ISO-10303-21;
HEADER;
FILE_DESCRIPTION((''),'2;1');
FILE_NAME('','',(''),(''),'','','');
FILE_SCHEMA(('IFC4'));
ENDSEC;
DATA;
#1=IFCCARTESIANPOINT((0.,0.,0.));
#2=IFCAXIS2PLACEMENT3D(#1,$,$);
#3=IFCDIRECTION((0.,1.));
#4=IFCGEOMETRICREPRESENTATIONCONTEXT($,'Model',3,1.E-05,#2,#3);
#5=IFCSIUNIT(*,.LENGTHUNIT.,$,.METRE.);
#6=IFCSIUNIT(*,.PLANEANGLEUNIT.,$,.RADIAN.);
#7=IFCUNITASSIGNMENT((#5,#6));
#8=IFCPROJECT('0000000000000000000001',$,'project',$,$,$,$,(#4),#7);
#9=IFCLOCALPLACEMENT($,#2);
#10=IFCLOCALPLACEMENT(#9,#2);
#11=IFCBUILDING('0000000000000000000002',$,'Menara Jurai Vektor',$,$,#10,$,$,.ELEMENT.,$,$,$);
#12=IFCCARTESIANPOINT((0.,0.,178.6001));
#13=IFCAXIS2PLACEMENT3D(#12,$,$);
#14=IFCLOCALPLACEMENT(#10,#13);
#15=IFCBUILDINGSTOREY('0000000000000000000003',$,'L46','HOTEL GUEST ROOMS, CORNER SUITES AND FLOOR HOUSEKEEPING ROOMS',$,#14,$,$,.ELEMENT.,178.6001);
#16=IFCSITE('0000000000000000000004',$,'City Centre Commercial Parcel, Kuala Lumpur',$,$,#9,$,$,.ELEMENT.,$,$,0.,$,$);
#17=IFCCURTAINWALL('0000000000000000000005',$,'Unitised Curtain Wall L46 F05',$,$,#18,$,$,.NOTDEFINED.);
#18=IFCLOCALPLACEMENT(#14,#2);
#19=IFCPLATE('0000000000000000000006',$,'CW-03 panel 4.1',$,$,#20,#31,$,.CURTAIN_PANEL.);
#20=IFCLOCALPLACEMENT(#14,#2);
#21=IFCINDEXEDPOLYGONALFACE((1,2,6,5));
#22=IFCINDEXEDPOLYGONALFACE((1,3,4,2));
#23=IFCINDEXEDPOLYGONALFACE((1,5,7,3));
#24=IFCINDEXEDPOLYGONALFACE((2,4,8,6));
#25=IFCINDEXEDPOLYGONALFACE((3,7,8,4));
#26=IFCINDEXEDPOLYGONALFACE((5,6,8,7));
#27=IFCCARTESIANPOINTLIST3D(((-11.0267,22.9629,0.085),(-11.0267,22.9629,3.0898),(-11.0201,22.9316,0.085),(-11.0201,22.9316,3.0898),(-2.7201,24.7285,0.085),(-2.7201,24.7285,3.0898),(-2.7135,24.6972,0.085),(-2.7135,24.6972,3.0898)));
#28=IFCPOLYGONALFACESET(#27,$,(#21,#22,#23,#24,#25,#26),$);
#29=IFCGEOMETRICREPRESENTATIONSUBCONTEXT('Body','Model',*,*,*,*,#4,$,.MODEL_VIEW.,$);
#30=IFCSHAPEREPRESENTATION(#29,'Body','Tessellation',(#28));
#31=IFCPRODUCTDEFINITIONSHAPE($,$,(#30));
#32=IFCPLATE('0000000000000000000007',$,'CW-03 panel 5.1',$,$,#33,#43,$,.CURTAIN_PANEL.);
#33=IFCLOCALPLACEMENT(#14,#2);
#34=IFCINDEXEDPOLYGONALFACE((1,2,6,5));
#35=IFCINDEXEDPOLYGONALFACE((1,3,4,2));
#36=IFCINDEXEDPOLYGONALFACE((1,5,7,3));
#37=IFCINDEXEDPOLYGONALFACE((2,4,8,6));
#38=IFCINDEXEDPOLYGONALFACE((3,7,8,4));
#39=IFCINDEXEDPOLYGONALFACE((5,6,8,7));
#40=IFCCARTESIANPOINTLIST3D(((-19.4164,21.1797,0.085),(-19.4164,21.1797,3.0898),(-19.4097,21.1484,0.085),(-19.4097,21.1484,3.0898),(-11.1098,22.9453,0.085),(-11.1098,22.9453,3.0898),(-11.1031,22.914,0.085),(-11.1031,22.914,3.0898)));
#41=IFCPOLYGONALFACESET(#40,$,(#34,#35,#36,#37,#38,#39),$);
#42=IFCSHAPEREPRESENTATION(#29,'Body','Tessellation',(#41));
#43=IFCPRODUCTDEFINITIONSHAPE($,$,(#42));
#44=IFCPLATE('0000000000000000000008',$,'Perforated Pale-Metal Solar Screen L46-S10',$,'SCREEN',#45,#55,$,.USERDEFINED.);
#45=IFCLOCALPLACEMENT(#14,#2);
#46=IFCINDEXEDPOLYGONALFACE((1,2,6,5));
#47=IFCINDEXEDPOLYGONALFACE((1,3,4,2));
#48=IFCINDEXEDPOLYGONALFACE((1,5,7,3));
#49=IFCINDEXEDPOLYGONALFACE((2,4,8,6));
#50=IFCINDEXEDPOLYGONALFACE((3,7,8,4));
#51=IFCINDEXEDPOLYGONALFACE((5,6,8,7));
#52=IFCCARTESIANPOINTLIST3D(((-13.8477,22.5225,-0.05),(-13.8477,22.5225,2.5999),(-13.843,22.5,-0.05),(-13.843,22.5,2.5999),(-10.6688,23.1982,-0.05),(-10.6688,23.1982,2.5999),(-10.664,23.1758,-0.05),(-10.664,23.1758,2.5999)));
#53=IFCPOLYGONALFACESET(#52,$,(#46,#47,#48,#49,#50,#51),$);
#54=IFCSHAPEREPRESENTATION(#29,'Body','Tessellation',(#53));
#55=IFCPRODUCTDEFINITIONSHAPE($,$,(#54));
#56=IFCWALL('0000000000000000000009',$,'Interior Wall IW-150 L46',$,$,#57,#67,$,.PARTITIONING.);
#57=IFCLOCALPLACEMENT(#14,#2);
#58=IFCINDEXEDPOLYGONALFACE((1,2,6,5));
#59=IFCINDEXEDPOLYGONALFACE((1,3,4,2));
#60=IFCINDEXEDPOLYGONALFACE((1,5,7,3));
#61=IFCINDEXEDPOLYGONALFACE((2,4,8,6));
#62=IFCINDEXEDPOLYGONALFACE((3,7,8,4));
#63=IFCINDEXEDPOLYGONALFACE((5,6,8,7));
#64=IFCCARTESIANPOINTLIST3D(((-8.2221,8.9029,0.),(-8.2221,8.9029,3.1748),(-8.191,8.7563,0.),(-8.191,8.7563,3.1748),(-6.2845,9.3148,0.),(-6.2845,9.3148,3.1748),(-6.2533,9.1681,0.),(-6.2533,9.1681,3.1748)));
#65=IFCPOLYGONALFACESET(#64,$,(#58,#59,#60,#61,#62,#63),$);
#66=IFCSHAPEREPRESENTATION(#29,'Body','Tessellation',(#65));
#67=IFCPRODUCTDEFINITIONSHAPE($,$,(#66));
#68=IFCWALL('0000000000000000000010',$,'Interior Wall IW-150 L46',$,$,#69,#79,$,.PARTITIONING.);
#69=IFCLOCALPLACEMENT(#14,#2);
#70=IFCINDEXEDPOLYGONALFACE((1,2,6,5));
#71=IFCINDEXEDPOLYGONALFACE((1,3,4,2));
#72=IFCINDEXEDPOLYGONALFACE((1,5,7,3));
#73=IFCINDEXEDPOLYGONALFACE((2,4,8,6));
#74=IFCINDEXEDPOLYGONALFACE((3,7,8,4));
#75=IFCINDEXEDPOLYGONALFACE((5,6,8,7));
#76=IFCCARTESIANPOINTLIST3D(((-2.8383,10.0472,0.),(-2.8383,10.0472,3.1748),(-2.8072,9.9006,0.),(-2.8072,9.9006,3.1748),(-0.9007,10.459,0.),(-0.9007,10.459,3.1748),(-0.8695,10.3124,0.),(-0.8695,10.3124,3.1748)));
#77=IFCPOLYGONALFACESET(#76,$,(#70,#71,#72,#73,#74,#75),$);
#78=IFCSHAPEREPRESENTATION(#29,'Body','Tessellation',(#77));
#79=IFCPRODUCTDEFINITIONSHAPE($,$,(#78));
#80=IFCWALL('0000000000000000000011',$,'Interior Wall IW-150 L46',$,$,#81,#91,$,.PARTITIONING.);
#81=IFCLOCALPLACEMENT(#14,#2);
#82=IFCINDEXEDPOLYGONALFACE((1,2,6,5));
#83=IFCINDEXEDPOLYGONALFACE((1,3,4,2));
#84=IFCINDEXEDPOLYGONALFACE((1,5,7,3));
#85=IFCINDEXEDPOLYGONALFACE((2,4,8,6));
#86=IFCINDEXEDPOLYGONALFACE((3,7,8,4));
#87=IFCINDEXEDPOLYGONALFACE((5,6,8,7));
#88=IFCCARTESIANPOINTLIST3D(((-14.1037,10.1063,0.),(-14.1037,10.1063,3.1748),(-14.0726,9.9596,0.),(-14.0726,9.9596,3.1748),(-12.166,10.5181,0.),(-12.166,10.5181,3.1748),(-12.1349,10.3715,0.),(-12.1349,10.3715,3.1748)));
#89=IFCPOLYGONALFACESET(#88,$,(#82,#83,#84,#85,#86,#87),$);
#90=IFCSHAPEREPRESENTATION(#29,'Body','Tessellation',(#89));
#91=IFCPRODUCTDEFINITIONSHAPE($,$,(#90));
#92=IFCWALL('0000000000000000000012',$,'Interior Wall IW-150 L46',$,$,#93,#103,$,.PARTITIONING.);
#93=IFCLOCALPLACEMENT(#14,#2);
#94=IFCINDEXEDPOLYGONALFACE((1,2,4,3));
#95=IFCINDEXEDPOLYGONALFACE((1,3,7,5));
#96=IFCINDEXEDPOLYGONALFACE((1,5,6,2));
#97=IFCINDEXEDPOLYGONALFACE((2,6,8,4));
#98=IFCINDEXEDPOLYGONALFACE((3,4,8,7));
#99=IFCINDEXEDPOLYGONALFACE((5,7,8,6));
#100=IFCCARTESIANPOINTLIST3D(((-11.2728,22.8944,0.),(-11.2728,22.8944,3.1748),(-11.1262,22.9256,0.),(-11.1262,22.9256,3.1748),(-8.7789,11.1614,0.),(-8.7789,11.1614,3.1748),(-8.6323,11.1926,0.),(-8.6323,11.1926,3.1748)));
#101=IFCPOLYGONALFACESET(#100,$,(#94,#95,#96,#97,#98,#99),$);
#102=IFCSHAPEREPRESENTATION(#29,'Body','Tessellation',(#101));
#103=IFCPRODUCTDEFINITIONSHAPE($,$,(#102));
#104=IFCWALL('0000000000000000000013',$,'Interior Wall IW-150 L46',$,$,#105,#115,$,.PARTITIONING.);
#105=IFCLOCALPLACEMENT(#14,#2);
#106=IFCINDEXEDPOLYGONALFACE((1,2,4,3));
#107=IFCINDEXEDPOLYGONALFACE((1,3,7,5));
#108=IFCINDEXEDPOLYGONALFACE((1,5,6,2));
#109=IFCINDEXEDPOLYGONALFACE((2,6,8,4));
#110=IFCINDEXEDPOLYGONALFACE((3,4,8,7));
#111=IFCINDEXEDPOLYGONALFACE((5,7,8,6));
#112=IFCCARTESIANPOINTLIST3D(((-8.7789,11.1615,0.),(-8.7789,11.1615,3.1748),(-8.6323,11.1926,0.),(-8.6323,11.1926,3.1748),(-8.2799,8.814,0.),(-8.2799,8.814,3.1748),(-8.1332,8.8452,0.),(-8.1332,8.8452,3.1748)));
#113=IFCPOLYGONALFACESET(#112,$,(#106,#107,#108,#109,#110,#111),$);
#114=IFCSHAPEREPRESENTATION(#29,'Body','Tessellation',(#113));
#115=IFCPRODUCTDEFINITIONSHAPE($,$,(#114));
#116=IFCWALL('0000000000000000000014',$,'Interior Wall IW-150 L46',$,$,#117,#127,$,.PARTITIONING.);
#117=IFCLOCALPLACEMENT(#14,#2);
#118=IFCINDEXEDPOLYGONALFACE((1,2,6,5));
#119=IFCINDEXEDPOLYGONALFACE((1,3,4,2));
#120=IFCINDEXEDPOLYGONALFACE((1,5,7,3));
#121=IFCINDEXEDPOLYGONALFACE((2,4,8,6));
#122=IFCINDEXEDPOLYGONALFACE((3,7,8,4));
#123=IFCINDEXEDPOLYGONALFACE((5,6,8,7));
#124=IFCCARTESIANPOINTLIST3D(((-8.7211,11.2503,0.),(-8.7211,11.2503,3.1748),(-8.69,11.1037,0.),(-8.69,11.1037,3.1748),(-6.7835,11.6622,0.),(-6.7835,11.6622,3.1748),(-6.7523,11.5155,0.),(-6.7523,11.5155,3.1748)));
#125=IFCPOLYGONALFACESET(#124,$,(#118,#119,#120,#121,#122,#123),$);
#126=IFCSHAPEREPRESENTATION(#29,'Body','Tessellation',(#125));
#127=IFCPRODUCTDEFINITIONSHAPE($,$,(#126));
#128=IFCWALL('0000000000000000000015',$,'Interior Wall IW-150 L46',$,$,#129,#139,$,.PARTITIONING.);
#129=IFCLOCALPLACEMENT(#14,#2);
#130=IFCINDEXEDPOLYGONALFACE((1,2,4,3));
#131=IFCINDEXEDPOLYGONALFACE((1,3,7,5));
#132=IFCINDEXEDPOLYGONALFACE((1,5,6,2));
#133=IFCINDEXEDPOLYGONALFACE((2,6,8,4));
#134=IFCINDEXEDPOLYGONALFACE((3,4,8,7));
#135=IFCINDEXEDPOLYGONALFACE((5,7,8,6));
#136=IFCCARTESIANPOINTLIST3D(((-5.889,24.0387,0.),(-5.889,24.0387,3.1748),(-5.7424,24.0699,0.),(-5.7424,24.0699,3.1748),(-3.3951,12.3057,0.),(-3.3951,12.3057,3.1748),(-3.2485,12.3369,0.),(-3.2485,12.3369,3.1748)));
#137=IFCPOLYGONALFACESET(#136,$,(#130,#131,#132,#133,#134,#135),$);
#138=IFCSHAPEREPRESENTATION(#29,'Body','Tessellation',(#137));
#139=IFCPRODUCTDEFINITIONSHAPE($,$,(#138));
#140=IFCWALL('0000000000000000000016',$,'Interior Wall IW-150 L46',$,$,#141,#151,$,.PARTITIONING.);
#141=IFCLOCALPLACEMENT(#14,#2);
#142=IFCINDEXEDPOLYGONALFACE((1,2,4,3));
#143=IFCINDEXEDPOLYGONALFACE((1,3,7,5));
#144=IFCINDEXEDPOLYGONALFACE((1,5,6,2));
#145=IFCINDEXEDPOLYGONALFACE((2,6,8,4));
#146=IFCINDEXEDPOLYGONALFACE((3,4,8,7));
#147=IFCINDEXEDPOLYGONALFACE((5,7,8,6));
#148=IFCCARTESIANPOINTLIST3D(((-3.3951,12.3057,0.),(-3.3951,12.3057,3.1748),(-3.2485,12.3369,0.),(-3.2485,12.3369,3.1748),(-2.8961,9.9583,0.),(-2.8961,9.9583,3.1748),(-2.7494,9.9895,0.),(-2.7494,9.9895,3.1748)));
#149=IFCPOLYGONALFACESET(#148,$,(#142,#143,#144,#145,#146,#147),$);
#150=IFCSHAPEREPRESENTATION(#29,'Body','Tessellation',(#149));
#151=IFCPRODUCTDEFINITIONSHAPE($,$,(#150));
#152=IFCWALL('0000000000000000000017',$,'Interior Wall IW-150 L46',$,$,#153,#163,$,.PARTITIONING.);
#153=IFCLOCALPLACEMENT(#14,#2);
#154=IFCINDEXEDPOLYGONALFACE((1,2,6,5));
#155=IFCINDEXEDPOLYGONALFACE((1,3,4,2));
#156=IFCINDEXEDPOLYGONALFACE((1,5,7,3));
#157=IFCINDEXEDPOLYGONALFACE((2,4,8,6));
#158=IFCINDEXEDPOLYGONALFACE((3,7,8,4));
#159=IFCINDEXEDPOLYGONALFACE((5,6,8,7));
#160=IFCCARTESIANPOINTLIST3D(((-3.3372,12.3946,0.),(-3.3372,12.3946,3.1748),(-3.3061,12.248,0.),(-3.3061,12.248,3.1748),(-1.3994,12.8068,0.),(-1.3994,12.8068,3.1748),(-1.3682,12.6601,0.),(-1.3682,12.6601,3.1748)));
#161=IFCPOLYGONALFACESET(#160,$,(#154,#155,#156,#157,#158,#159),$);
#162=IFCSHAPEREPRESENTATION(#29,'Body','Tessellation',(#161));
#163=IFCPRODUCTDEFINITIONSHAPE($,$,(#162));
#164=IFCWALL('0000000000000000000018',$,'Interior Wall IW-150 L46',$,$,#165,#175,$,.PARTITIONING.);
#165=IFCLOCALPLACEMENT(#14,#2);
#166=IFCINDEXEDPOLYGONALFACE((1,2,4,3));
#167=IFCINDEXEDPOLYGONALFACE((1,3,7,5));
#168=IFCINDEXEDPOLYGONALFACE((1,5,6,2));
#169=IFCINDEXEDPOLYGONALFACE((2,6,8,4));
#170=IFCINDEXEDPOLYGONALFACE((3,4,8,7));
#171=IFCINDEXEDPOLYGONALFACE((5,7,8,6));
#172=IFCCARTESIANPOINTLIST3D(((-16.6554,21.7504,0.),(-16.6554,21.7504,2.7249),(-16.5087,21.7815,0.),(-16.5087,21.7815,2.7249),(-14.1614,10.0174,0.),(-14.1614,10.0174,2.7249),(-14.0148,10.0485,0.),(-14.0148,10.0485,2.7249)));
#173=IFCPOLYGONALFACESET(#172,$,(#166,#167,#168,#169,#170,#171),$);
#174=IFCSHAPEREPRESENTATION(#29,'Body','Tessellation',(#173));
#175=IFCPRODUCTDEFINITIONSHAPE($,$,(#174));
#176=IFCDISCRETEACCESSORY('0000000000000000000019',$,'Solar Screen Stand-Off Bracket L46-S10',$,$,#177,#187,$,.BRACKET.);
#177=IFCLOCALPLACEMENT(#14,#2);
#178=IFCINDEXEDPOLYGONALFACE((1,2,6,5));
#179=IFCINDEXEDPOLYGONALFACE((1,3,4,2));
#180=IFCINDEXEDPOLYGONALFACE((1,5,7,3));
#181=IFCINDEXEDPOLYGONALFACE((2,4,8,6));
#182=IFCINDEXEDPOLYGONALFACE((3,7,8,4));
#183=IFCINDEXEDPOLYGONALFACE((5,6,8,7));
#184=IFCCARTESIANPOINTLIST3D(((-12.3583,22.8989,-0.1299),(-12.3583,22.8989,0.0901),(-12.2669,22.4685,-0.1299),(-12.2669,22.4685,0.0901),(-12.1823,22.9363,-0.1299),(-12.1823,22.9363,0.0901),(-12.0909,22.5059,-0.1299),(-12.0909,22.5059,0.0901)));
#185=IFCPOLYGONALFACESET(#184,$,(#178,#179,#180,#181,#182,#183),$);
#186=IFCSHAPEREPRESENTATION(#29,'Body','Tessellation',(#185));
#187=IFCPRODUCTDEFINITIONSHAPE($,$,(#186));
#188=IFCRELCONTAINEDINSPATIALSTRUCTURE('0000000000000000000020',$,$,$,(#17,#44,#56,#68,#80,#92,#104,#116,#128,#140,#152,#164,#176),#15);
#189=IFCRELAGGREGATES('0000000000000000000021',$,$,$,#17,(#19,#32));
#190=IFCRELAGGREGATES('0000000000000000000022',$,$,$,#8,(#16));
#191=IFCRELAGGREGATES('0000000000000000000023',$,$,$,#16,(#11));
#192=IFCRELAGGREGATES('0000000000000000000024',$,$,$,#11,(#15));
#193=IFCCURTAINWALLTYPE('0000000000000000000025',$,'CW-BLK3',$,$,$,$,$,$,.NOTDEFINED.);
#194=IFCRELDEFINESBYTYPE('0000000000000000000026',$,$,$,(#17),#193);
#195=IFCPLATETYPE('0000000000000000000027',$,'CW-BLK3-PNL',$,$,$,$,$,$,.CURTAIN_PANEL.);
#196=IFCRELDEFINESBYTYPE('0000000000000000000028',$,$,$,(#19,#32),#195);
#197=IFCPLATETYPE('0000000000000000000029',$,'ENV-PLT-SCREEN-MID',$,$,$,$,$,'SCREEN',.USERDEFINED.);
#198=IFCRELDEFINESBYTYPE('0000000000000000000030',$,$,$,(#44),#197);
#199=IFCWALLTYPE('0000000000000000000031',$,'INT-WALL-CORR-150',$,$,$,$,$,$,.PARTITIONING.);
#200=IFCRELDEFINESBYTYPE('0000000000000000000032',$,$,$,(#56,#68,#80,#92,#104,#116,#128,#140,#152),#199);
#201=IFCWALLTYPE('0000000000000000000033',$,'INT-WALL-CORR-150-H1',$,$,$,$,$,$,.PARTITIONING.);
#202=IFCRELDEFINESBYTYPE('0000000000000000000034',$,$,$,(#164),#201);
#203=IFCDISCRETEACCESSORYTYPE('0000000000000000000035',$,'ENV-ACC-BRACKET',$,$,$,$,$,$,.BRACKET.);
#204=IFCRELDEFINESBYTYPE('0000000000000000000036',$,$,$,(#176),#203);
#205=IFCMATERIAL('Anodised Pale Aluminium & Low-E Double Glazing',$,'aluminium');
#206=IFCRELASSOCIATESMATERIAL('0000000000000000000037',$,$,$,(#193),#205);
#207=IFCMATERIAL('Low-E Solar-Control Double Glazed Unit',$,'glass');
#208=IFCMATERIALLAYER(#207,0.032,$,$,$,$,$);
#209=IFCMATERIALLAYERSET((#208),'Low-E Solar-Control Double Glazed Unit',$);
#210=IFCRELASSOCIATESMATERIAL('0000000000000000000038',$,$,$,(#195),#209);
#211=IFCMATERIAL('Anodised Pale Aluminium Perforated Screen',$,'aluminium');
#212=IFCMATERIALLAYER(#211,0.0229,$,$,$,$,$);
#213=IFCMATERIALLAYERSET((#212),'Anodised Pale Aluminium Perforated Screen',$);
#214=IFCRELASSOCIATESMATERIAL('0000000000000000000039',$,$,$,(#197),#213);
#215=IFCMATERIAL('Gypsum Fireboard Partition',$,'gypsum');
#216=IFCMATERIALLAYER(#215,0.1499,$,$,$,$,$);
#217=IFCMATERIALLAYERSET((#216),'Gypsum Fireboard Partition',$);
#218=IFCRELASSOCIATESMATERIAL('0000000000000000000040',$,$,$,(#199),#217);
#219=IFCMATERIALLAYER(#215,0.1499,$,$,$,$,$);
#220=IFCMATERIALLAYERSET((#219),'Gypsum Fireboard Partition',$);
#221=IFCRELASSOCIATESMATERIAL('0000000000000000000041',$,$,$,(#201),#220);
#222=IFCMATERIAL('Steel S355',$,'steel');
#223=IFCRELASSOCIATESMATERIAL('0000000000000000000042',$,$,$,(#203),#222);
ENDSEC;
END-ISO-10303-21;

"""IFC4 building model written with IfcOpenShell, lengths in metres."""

from ifc_helpers import new_model, si_unit, direction, frame, frame_2d, origin, origin_2d, place, context, subcontext, project, spatial, rectangle, extrude, material, layer, layer_set, type_object, element, aggregate, save


model = new_model("IFC4")

# Units and contexts
model_context = context("Model", 3, precision=1e-05, world=origin(), true_north=direction((0.0, 1.0)))
body_context = subcontext(model_context, "Body", "Model", "MODEL_VIEW")
ifc_project = project(units=[si_unit("LENGTHUNIT", "METRE"), si_unit("PLANEANGLEUNIT", "RADIAN")], contexts=[model_context])

# Site, building, storey
site_placement = place(None, origin())
site = spatial("IfcSite", under=ifc_project, at=site_placement, Name="City Centre Commercial Parcel, Kuala Lumpur", CompositionType="ELEMENT", RefElevation=0.0)
building_placement = place(site_placement, origin())
building = spatial("IfcBuilding", under=site, at=building_placement, Name="Menara Jurai Vektor", CompositionType="ELEMENT")
storey_placement = place(building_placement, frame((0.0, 0.0, 178.6001)))
storey = spatial("IfcBuildingStorey", under=building, at=storey_placement, Name="L46", Description="HOTEL GUEST ROOMS, CORNER SUITES AND FLOOR HOUSEKEEPING ROOMS", CompositionType="ELEMENT", Elevation=178.6001)

# Curtain wall
ifc_material_1 = material(Name="Anodised Pale Aluminium & Low-E Double Glazing", Category="aluminium")
curtain_wall_type = type_object("IfcCurtainWallType", Name="CW-BLK3", PredefinedType="NOTDEFINED", material=ifc_material_1)
curtain_wall_placement = place(storey_placement, origin())
curtain_wall = element("IfcCurtainWall", 1, at=curtain_wall_placement, inside=storey, type_object=curtain_wall_type, Name="Unitised Curtain Wall L46 F05", PredefinedType="NOTDEFINED")

# Shared definitions
ifc_material_2 = material(Name="Steel S355", Category="steel")

# Plates
ifc_material_3 = material(Name="Low-E Solar-Control Double Glazed Unit", Category="glass")
ifc_layer_1 = layer(ifc_material_3, 0.032)
ifc_layer_set_1 = layer_set([ifc_layer_1], Name="Low-E Solar-Control Double Glazed Unit")
plate_type_1 = type_object("IfcPlateType", Name="CW-BLK3-PNL", PredefinedType="CURTAIN_PANEL", material=ifc_layer_set_1)
plate_1_placement = place(storey_placement, frame((-6.8701, 23.8301, 0.085), z_axis=(0.0, 0.0, 1.0), x_axis=(-0.978148, -0.207911, 0.0)))
plate_1 = element("IfcPlate", 2, at=plate_1_placement, type_object=plate_type_1, Name="CW-03 panel 4.1", PredefinedType="CURTAIN_PANEL", context=body_context, shape_type="SweptSolid", body=[
    extrude(rectangle(XDim=8.4922, YDim=0.032, at=origin_2d()), origin(), (0.0, 0.0, 1.0), 3.0049),
])
plate_2_placement = place(storey_placement, frame((-15.2598, 22.0469, 0.085), z_axis=(0.0, 0.0, 1.0), x_axis=(-0.978148, -0.207911, 0.0)))
plate_2 = element("IfcPlate", 3, at=plate_2_placement, type_object=plate_type_1, Name="CW-03 panel 5.1", PredefinedType="CURTAIN_PANEL", context=body_context, shape_type="SweptSolid", body=[
    extrude(rectangle(XDim=8.4922, YDim=0.032, at=origin_2d()), origin(), (0.0, 0.0, 1.0), 3.0049),
])
aggregate(curtain_wall, [plate_1, plate_2])
ifc_material_4 = material(Name="Anodised Pale Aluminium Perforated Screen", Category="aluminium")
ifc_layer_2 = layer(ifc_material_4, 0.0229)
ifc_layer_set_2 = layer_set([ifc_layer_2], Name="Anodised Pale Aluminium Perforated Screen")
plate_type_2 = type_object("IfcPlateType", Name="ENV-PLT-SCREEN-MID", ElementType="SCREEN", PredefinedType="USERDEFINED", material=ifc_layer_set_2)
plate_3_placement = place(storey_placement, frame((-12.2559, 22.8491, -0.05), z_axis=(0.0, 0.0, 1.0), x_axis=(-0.978148, -0.207912, 0.0)))
element("IfcPlate", 4, at=plate_3_placement, inside=storey, type_object=plate_type_2, Name="Perforated Pale-Metal Solar Screen L46-S10", ObjectType="SCREEN", PredefinedType="USERDEFINED", context=body_context, shape_type="SweptSolid", body=[
    extrude(rectangle(XDim=3.25, YDim=0.0229, at=origin_2d()), origin(), (0.0, 0.0, 1.0), 2.6499),
])

# Shared definitions
ifc_material_5 = material(Name="Gypsum Fireboard Partition", Category="gypsum")
ifc_layer_3 = layer(ifc_material_5, 0.1499)
ifc_layer_set_3 = layer_set([ifc_layer_3], Name="Gypsum Fireboard Partition")
wall_type_1 = type_object("IfcWallType", Name="INT-WALL-CORR-150", PredefinedType="PARTITIONING", material=ifc_layer_set_3)

# Walls
for number, where, z_axis, x_axis, name in (
    (5, (-8.2065, 8.8296, 0.0), (0.0, 0.0, 1.0), (0.978149, 0.207904, 0.0), "Interior Wall IW-150 L46"),
    (6, (-2.8228, 9.9739, 0.0), (0.0, 0.0, 1.0), (0.978149, 0.207904, 0.0), "Interior Wall IW-150 L46"),
    (7, (-14.0881, 10.033, 0.0), (0.0, 0.0, 1.0), (0.978149, 0.207904, 0.0), "Interior Wall IW-150 L46"),
):
    element("IfcWall", number, at=place(storey_placement, frame(where, z_axis=z_axis, x_axis=x_axis)), inside=storey, type_object=wall_type_1, Name=name, PredefinedType="PARTITIONING", context=body_context, shape_type="SweptSolid", body=[
        extrude(rectangle(XDim=1.981, YDim=0.1499, at=frame_2d((0.9905, 0.0))), origin(), (0.0, 0.0, 1.0), 3.1748),
    ])

# Walls
wall_1_placement = place(storey_placement, frame((-8.7056, 11.177, 0.0), z_axis=(0.0, 0.0, 1.0), x_axis=(-0.207911, 0.978148, 0.0)))
element("IfcWall", 8, at=wall_1_placement, inside=storey, type_object=wall_type_1, Name="Interior Wall IW-150 L46", PredefinedType="PARTITIONING", context=body_context, shape_type="SweptSolid", body=[
    extrude(rectangle(XDim=11.9951, YDim=0.1499, at=frame_2d((5.9976, 0.0))), origin(), (0.0, 0.0, 1.0), 3.1748),
])
wall_2_placement = place(storey_placement, frame((-8.2065, 8.8296, 0.0), z_axis=(0.0, 0.0, 1.0), x_axis=(-0.207938, 0.978142, 0.0)))
element("IfcWall", 9, at=wall_2_placement, inside=storey, type_object=wall_type_1, Name="Interior Wall IW-150 L46", PredefinedType="PARTITIONING", context=body_context, shape_type="SweptSolid", body=[
    extrude(rectangle(XDim=2.3999, YDim=0.1499, at=frame_2d((1.2, 0.0))), origin(), (0.0, 0.0, 1.0), 3.1748),
])
wall_3_placement = place(storey_placement, frame((-8.7056, 11.177, 0.0), z_axis=(0.0, 0.0, 1.0), x_axis=(0.978149, 0.207904, 0.0)))
element("IfcWall", 10, at=wall_3_placement, inside=storey, type_object=wall_type_1, Name="Interior Wall IW-150 L46", PredefinedType="PARTITIONING", context=body_context, shape_type="SweptSolid", body=[
    extrude(rectangle(XDim=1.981, YDim=0.1499, at=frame_2d((0.9905, 0.0))), origin(), (0.0, 0.0, 1.0), 3.1748),
])

# Walls
wall_4_placement = place(storey_placement, frame((-3.3218, 12.3213, 0.0), z_axis=(0.0, 0.0, 1.0), x_axis=(-0.207911, 0.978148, 0.0)))
element("IfcWall", 11, at=wall_4_placement, inside=storey, type_object=wall_type_1, Name="Interior Wall IW-150 L46", PredefinedType="PARTITIONING", context=body_context, shape_type="SweptSolid", body=[
    extrude(rectangle(XDim=11.9951, YDim=0.1499, at=frame_2d((5.9976, 0.0))), origin(), (0.0, 0.0, 1.0), 3.1748),
])
wall_5_placement = place(storey_placement, frame((-2.8228, 9.9739, 0.0), z_axis=(0.0, 0.0, 1.0), x_axis=(-0.207938, 0.978142, 0.0)))
element("IfcWall", 12, at=wall_5_placement, inside=storey, type_object=wall_type_1, Name="Interior Wall IW-150 L46", PredefinedType="PARTITIONING", context=body_context, shape_type="SweptSolid", body=[
    extrude(rectangle(XDim=2.3999, YDim=0.1499, at=frame_2d((1.2, 0.0))), origin(), (0.0, 0.0, 1.0), 3.1748),
])
wall_6_placement = place(storey_placement, frame((-3.3218, 12.3213, 0.0), z_axis=(0.0, 0.0, 1.0), x_axis=(0.978124, 0.208022, 0.0)))
element("IfcWall", 13, at=wall_6_placement, inside=storey, type_object=wall_type_1, Name="Interior Wall IW-150 L46", PredefinedType="PARTITIONING", context=body_context, shape_type="SweptSolid", body=[
    extrude(rectangle(XDim=1.9812, YDim=0.1499, at=frame_2d((0.9907, 0.0))), origin(), (0.0, 0.0, 1.0), 3.1748),
])
ifc_layer_4 = layer(ifc_material_5, 0.1499)
ifc_layer_set_4 = layer_set([ifc_layer_4], Name="Gypsum Fireboard Partition")
wall_type_2 = type_object("IfcWallType", Name="INT-WALL-CORR-150-H1", PredefinedType="PARTITIONING", material=ifc_layer_set_4)
wall_7_placement = place(storey_placement, frame((-14.0881, 10.033, 0.0), z_axis=(0.0, 0.0, 1.0), x_axis=(-0.207911, 0.978148, 0.0)))
element("IfcWall", 14, at=wall_7_placement, inside=storey, type_object=wall_type_2, Name="Interior Wall IW-150 L46", PredefinedType="PARTITIONING", context=body_context, shape_type="SweptSolid", body=[
    extrude(rectangle(XDim=11.9951, YDim=0.1499, at=frame_2d((5.9976, 0.0))), origin(), (0.0, 0.0, 1.0), 2.7249),
])

# Discrete accessory
discrete_accessory_type = type_object("IfcDiscreteAccessoryType", Name="ENV-ACC-BRACKET", PredefinedType="BRACKET", material=ifc_material_2)
discrete_accessory_placement = place(storey_placement, frame((-12.2246, 22.7024, -0.1299), z_axis=(0.0, 0.0, 1.0), x_axis=(-0.978148, -0.207912, 0.0)))
element("IfcDiscreteAccessory", 15, at=discrete_accessory_placement, inside=storey, type_object=discrete_accessory_type, Name="Solar Screen Stand-Off Bracket L46-S10", PredefinedType="BRACKET", context=body_context, shape_type="SweptSolid", body=[
    extrude(rectangle(XDim=0.1799, YDim=0.4399, at=origin_2d()), origin(), (0.0, 0.0, 1.0), 0.22),
])

save(model, "model.ifc")
